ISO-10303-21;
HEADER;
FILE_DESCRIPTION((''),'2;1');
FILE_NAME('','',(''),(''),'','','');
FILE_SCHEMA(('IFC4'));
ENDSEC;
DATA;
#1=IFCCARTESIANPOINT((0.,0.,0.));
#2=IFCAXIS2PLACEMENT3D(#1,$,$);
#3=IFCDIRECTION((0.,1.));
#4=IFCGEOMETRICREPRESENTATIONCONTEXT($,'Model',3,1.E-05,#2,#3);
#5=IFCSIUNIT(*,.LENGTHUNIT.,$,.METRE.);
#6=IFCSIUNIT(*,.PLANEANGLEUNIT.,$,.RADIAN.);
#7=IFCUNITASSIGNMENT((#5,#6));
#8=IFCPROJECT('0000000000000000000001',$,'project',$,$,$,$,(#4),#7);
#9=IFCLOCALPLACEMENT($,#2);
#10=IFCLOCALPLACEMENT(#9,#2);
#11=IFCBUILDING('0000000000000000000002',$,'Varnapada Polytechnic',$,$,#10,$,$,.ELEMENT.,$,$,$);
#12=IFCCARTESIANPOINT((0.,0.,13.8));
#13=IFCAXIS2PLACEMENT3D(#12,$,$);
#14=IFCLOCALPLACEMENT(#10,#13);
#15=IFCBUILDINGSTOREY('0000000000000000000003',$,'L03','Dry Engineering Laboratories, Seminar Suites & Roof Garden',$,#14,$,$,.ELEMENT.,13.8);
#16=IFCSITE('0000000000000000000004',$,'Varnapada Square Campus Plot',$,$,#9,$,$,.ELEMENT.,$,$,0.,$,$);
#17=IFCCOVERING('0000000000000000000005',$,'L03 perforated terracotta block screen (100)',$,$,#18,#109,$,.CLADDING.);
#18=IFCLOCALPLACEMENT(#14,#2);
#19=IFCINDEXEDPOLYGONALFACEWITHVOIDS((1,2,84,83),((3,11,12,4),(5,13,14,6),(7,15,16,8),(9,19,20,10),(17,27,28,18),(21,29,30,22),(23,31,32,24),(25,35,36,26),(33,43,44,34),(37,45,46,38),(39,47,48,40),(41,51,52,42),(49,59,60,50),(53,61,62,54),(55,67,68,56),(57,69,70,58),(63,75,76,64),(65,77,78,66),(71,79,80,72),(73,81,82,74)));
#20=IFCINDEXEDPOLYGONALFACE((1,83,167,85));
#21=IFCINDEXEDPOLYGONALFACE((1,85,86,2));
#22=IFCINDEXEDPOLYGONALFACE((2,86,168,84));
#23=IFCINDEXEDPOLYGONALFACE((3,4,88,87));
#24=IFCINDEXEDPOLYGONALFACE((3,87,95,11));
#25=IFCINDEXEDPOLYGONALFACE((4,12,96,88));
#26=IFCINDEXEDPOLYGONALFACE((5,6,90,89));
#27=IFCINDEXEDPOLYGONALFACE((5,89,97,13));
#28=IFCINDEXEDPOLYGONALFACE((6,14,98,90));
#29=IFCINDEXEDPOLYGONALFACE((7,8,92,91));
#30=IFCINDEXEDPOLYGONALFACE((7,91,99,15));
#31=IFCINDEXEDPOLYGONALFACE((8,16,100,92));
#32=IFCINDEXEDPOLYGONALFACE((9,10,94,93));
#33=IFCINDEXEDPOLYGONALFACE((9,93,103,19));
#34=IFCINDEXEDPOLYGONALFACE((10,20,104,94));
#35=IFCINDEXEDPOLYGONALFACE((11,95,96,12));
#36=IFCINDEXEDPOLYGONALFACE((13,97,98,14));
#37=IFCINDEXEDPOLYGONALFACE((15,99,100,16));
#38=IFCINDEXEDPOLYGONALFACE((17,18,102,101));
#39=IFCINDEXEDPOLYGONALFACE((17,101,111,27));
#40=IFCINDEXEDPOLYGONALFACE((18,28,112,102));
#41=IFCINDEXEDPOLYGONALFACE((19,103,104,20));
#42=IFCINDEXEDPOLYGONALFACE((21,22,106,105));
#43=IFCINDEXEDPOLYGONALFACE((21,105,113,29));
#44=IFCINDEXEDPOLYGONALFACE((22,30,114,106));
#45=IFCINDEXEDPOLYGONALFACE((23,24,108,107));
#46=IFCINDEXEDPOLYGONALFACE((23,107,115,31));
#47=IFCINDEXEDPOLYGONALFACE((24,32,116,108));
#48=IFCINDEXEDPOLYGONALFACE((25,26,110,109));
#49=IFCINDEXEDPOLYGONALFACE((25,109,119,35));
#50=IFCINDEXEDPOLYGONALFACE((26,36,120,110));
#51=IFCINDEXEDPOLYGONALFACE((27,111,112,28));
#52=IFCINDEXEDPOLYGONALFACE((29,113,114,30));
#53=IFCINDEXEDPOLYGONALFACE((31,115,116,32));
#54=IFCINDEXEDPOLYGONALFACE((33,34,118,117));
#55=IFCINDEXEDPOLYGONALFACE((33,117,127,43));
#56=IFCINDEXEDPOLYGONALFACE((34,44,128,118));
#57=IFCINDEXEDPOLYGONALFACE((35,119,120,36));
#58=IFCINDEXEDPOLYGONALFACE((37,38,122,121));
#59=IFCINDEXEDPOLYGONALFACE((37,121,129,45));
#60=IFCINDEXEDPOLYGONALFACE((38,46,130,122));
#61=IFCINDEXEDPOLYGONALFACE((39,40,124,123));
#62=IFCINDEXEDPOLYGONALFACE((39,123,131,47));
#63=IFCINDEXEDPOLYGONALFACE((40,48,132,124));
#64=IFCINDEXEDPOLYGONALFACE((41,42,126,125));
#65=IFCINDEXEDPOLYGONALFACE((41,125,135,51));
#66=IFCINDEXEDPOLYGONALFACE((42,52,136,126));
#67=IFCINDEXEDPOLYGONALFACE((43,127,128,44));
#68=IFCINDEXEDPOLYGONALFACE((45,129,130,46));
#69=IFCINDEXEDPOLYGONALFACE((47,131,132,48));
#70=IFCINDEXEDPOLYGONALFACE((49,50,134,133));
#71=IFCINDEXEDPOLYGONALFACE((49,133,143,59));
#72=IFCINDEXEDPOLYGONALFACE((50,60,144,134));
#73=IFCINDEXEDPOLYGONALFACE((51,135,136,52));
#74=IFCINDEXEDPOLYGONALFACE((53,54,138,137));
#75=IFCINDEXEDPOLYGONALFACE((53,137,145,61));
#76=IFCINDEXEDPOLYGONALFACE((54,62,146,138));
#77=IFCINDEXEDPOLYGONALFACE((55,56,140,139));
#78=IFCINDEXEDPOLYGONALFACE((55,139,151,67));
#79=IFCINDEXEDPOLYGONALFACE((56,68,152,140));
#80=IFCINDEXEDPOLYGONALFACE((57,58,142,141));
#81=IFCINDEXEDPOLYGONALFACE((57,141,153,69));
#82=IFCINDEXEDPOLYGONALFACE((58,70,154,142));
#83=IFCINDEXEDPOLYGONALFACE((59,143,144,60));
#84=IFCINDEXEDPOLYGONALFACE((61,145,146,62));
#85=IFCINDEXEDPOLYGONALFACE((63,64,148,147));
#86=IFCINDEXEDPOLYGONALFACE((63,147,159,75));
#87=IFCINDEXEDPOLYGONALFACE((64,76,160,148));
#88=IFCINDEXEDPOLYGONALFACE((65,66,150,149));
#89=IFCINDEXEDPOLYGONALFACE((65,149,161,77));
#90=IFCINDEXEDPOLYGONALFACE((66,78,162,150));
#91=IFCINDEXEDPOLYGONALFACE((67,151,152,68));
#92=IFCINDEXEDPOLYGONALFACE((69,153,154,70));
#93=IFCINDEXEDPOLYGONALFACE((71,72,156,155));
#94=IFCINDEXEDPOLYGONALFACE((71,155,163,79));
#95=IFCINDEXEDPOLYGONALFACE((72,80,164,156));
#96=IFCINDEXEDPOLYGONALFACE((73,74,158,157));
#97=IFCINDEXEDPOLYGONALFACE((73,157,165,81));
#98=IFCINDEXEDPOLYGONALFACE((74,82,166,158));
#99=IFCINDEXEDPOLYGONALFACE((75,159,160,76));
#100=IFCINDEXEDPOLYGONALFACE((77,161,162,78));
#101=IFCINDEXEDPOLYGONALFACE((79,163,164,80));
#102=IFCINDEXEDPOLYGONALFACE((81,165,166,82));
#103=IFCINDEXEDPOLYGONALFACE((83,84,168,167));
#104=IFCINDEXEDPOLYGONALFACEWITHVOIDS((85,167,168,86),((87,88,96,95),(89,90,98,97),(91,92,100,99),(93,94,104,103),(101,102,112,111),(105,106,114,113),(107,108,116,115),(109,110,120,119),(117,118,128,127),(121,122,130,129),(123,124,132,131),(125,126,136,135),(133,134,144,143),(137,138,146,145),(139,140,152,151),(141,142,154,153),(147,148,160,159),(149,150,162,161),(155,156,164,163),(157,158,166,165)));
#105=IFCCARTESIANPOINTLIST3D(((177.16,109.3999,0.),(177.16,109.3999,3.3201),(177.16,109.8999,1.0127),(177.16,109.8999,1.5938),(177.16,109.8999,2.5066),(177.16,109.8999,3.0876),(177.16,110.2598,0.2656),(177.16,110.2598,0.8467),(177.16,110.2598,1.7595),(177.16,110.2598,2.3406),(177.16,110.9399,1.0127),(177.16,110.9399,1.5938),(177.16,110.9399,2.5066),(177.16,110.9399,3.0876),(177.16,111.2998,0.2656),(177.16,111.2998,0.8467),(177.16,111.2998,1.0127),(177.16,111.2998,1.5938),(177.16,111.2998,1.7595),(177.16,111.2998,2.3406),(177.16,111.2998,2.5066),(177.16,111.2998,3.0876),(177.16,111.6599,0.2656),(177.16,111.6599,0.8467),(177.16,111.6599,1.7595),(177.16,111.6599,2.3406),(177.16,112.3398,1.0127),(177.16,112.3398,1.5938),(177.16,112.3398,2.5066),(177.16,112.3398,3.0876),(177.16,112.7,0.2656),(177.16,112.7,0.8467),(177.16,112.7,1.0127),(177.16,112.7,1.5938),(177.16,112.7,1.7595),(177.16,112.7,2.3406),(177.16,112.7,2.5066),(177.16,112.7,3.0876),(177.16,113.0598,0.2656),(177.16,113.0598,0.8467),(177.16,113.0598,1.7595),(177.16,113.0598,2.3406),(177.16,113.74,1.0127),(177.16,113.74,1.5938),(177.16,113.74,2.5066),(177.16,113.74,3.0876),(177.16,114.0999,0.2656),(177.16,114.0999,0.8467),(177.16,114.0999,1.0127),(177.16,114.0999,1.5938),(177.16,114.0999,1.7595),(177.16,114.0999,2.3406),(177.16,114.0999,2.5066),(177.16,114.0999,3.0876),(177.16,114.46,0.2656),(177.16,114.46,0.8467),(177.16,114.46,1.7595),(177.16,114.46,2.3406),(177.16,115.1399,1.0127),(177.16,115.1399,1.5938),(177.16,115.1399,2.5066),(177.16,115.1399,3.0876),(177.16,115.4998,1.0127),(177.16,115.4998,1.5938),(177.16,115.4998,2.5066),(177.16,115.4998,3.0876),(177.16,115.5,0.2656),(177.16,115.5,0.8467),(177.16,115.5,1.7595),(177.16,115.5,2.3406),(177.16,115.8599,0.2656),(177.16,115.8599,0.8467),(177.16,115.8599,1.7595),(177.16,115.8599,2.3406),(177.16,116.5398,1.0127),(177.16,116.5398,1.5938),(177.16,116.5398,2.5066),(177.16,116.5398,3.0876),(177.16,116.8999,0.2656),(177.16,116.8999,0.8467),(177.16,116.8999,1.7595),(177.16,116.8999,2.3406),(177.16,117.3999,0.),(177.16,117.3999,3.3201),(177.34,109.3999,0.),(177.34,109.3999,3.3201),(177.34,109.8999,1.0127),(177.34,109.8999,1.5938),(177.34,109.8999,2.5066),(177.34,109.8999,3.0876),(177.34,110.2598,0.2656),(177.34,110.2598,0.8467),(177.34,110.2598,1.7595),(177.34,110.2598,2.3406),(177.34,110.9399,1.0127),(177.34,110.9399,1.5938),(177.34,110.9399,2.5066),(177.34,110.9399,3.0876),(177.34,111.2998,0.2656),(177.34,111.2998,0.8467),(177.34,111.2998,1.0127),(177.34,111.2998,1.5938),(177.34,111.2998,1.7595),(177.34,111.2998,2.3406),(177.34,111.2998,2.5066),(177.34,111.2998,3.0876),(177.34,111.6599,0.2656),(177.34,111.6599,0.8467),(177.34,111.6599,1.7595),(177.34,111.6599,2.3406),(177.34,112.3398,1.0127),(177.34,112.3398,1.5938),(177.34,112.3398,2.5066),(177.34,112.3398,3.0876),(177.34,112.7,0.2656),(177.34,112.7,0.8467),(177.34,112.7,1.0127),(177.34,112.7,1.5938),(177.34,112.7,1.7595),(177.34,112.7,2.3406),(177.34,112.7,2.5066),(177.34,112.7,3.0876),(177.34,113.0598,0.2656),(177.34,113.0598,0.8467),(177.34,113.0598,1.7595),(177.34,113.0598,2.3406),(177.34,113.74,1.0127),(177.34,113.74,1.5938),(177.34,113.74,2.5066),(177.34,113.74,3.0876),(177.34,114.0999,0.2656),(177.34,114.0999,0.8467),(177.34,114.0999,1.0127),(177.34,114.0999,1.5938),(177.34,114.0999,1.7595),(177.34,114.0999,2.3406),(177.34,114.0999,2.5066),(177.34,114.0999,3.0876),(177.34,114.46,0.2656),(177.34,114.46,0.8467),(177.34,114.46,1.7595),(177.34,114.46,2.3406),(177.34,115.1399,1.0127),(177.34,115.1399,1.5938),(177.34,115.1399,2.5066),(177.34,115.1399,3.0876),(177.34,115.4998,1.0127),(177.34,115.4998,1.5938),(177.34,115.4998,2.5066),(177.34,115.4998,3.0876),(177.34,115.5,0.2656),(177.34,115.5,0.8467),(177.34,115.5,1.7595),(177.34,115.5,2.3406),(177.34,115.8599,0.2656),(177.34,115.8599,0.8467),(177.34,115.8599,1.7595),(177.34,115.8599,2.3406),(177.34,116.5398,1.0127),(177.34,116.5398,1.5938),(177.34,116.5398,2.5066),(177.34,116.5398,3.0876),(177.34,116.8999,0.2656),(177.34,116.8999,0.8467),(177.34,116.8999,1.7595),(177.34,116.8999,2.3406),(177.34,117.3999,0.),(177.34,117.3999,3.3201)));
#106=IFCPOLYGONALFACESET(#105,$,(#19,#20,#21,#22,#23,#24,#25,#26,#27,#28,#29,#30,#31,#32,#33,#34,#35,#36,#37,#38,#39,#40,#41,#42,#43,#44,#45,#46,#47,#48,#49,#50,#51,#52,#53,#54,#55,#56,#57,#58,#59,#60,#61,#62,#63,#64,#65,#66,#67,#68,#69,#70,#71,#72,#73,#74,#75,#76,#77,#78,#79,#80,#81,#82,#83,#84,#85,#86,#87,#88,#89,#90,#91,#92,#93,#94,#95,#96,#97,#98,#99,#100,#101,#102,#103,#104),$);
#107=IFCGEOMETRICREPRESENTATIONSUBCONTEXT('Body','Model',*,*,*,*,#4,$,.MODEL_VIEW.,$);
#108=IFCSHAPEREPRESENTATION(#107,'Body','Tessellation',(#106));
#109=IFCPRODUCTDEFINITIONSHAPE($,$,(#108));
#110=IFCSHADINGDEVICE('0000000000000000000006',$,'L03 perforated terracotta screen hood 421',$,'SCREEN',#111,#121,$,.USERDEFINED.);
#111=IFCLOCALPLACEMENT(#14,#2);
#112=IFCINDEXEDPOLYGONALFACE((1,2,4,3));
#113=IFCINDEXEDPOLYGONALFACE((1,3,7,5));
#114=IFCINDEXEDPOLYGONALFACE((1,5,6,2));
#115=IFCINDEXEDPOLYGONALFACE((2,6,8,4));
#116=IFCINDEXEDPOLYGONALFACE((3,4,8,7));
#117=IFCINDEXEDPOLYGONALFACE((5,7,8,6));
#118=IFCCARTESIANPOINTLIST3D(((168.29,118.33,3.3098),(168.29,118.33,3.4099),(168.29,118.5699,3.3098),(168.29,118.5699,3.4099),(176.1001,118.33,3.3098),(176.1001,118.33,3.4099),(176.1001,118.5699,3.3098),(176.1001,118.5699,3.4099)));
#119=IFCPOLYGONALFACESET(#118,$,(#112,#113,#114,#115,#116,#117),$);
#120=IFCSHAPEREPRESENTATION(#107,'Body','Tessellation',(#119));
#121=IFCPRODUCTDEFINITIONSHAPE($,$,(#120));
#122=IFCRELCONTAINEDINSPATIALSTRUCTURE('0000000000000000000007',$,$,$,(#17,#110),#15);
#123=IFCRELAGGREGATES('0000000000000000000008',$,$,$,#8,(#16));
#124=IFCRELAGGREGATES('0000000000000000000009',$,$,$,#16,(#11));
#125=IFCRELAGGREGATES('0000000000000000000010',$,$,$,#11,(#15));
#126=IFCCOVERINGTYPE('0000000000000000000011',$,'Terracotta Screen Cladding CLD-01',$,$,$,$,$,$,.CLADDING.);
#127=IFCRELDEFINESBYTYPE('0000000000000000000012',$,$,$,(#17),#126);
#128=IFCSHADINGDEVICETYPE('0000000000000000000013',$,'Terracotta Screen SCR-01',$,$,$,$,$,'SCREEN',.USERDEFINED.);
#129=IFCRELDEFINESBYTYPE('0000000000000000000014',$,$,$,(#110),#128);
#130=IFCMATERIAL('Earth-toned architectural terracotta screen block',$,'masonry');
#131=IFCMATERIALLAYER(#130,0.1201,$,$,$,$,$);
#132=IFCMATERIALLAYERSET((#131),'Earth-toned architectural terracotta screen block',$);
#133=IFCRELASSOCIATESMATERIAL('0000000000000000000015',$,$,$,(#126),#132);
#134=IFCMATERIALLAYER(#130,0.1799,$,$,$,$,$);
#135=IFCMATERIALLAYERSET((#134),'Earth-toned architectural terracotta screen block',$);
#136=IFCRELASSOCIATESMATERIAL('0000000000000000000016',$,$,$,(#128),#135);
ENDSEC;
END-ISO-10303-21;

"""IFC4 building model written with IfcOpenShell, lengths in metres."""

from ifc_helpers import new_model, si_unit, direction, frame, frame_2d, origin, origin_2d, place, context, subcontext, project, spatial, rectangle, extrude, material, layer, layer_set, type_object, element, save


model = new_model("IFC4")

# Units and contexts
model_context = context("Model", 3, precision=1e-05, world=origin(), true_north=direction((0.0, 1.0)))
body_context = subcontext(model_context, "Body", "Model", "MODEL_VIEW")
ifc_project = project(units=[si_unit("LENGTHUNIT", "METRE"), si_unit("PLANEANGLEUNIT", "RADIAN")], contexts=[model_context])

# Site, building, storey
site_placement = place(None, origin())
site = spatial("IfcSite", under=ifc_project, at=site_placement, Name="Varnapada Square Campus Plot", CompositionType="ELEMENT", RefElevation=0.0)
building_placement = place(site_placement, origin())
building = spatial("IfcBuilding", under=site, at=building_placement, Name="Varnapada Polytechnic", CompositionType="ELEMENT")
storey_placement = place(building_placement, frame((0.0, 0.0, 13.8)))
storey = spatial("IfcBuildingStorey", under=building, at=storey_placement, Name="L03", Description="Dry Engineering Laboratories, Seminar Suites & Roof Garden", CompositionType="ELEMENT", Elevation=13.8)

# Covering, openings
ifc_material_1 = material(Name="Earth-toned architectural terracotta screen block", Category="masonry")
ifc_layer_1 = layer(ifc_material_1, 0.1201)
ifc_layer_set_1 = layer_set([ifc_layer_1], Name="Earth-toned architectural terracotta screen block")
covering_type = type_object("IfcCoveringType", Name="Terracotta Screen Cladding CLD-01", PredefinedType="CLADDING", material=ifc_layer_set_1)
covering_placement = place(storey_placement, frame((177.25, 117.3999, 0.0), z_axis=(0.0, 0.0, 1.0), x_axis=(0.0, -1.0, 0.0)))
covering = element("IfcCovering", 1, at=covering_placement, inside=storey, type_object=covering_type, Name="L03 perforated terracotta block screen (100)", PredefinedType="CLADDING", context=body_context, shape_type="SweptSolid", body=[
    extrude(rectangle(XDim=8.0, YDim=0.1799, at=frame_2d((4.0, 0.0))), origin(), (0.0, 0.0, 1.0), 3.3201),
])
opening_1_placement = place(covering_placement, frame((0.5, 0.0, 0.2656)))
element("IfcOpeningElement", 2, at=opening_1_placement, cuts=covering, PredefinedType="OPENING", context=body_context, shape_type="SweptSolid", body=[
    extrude(rectangle(XDim=1.04, YDim=0.5811, at=frame_2d((0.52, 0.2905))), frame((0.0, 0.0999, 0.0), z_axis=(0.0, -1.0, 0.0), x_axis=(1.0, 0.0, 0.0)), (0.0, 0.0, 1.0), 0.2),
])
opening_2_placement = place(covering_placement, frame((1.8999, 0.0, 0.2656)))
element("IfcOpeningElement", 3, at=opening_2_placement, cuts=covering, PredefinedType="OPENING", context=body_context, shape_type="SweptSolid", body=[
    extrude(rectangle(XDim=1.04, YDim=0.5811, at=frame_2d((0.52, 0.2905))), frame((0.0, 0.0999, 0.0), z_axis=(0.0, -1.0, 0.0), x_axis=(1.0, 0.0, 0.0)), (0.0, 0.0, 1.0), 0.2),
])
opening_3_placement = place(covering_placement, frame((3.3, 0.0, 0.2656)))
element("IfcOpeningElement", 4, at=opening_3_placement, cuts=covering, PredefinedType="OPENING", context=body_context, shape_type="SweptSolid", body=[
    extrude(rectangle(XDim=1.04, YDim=0.5811, at=frame_2d((0.52, 0.2905))), frame((0.0, 0.0999, 0.0), z_axis=(0.0, -1.0, 0.0), x_axis=(1.0, 0.0, 0.0)), (0.0, 0.0, 1.0), 0.2),
])
opening_4_placement = place(covering_placement, frame((4.7, 0.0, 0.2656)))
element("IfcOpeningElement", 5, at=opening_4_placement, cuts=covering, PredefinedType="OPENING", context=body_context, shape_type="SweptSolid", body=[
    extrude(rectangle(XDim=1.04, YDim=0.5811, at=frame_2d((0.52, 0.2905))), frame((0.0, 0.0999, 0.0), z_axis=(0.0, -1.0, 0.0), x_axis=(1.0, 0.0, 0.0)), (0.0, 0.0, 1.0), 0.2),
])
opening_5_placement = place(covering_placement, frame((6.1001, 0.0, 0.2656)))
element("IfcOpeningElement", 6, at=opening_5_placement, cuts=covering, PredefinedType="OPENING", context=body_context, shape_type="SweptSolid", body=[
    extrude(rectangle(XDim=1.04, YDim=0.5811, at=frame_2d((0.52, 0.2905))), frame((0.0, 0.0999, 0.0), z_axis=(0.0, -1.0, 0.0), x_axis=(1.0, 0.0, 0.0)), (0.0, 0.0, 1.0), 0.2),
])
opening_6_placement = place(covering_placement, frame((0.8601, 0.0, 1.0127)))
element("IfcOpeningElement", 7, at=opening_6_placement, cuts=covering, PredefinedType="OPENING", context=body_context, shape_type="SweptSolid", body=[
    extrude(rectangle(XDim=1.04, YDim=0.5811, at=frame_2d((0.52, 0.2905))), frame((0.0, 0.0999, 0.0), z_axis=(0.0, -1.0, 0.0), x_axis=(1.0, 0.0, 0.0)), (0.0, 0.0, 1.0), 0.2),
])
opening_7_placement = place(covering_placement, frame((2.26, 0.0, 1.0127)))
element("IfcOpeningElement", 8, at=opening_7_placement, cuts=covering, PredefinedType="OPENING", context=body_context, shape_type="SweptSolid", body=[
    extrude(rectangle(XDim=1.04, YDim=0.5811, at=frame_2d((0.52, 0.2905))), frame((0.0, 0.0999, 0.0), z_axis=(0.0, -1.0, 0.0), x_axis=(1.0, 0.0, 0.0)), (0.0, 0.0, 1.0), 0.2),
])
opening_8_placement = place(covering_placement, frame((3.6599, 0.0, 1.0127)))
element("IfcOpeningElement", 9, at=opening_8_placement, cuts=covering, PredefinedType="OPENING", context=body_context, shape_type="SweptSolid", body=[
    extrude(rectangle(XDim=1.04, YDim=0.5811, at=frame_2d((0.52, 0.2905))), frame((0.0, 0.0999, 0.0), z_axis=(0.0, -1.0, 0.0), x_axis=(1.0, 0.0, 0.0)), (0.0, 0.0, 1.0), 0.2),
])
opening_9_placement = place(covering_placement, frame((5.0601, 0.0, 1.0127)))
element("IfcOpeningElement", 10, at=opening_9_placement, cuts=covering, PredefinedType="OPENING", context=body_context, shape_type="SweptSolid", body=[
    extrude(rectangle(XDim=1.04, YDim=0.5811, at=frame_2d((0.52, 0.2905))), frame((0.0, 0.0999, 0.0), z_axis=(0.0, -1.0, 0.0), x_axis=(1.0, 0.0, 0.0)), (0.0, 0.0, 1.0), 0.2),
])
opening_10_placement = place(covering_placement, frame((6.46, 0.0, 1.0127)))
element("IfcOpeningElement", 11, at=opening_10_placement, cuts=covering, PredefinedType="OPENING", context=body_context, shape_type="SweptSolid", body=[
    extrude(rectangle(XDim=1.04, YDim=0.5811, at=frame_2d((0.52, 0.2905))), frame((0.0, 0.0999, 0.0), z_axis=(0.0, -1.0, 0.0), x_axis=(1.0, 0.0, 0.0)), (0.0, 0.0, 1.0), 0.2),
])
opening_11_placement = place(covering_placement, frame((0.5, 0.0, 1.7595)))
element("IfcOpeningElement", 12, at=opening_11_placement, cuts=covering, PredefinedType="OPENING", context=body_context, shape_type="SweptSolid", body=[
    extrude(rectangle(XDim=1.04, YDim=0.5811, at=frame_2d((0.52, 0.2905))), frame((0.0, 0.0999, 0.0), z_axis=(0.0, -1.0, 0.0), x_axis=(1.0, 0.0, 0.0)), (0.0, 0.0, 1.0), 0.2),
])
opening_12_placement = place(covering_placement, frame((1.8999, 0.0, 1.7595)))
element("IfcOpeningElement", 13, at=opening_12_placement, cuts=covering, PredefinedType="OPENING", context=body_context, shape_type="SweptSolid", body=[
    extrude(rectangle(XDim=1.04, YDim=0.5811, at=frame_2d((0.52, 0.2905))), frame((0.0, 0.0999, 0.0), z_axis=(0.0, -1.0, 0.0), x_axis=(1.0, 0.0, 0.0)), (0.0, 0.0, 1.0), 0.2),
])
opening_13_placement = place(covering_placement, frame((3.3, 0.0, 1.7595)))
element("IfcOpeningElement", 14, at=opening_13_placement, cuts=covering, PredefinedType="OPENING", context=body_context, shape_type="SweptSolid", body=[
    extrude(rectangle(XDim=1.04, YDim=0.5811, at=frame_2d((0.52, 0.2905))), frame((0.0, 0.0999, 0.0), z_axis=(0.0, -1.0, 0.0), x_axis=(1.0, 0.0, 0.0)), (0.0, 0.0, 1.0), 0.2),
])
opening_14_placement = place(covering_placement, frame((4.7, 0.0, 1.7595)))
element("IfcOpeningElement", 15, at=opening_14_placement, cuts=covering, PredefinedType="OPENING", context=body_context, shape_type="SweptSolid", body=[
    extrude(rectangle(XDim=1.04, YDim=0.5811, at=frame_2d((0.52, 0.2905))), frame((0.0, 0.0999, 0.0), z_axis=(0.0, -1.0, 0.0), x_axis=(1.0, 0.0, 0.0)), (0.0, 0.0, 1.0), 0.2),
])
opening_15_placement = place(covering_placement, frame((6.1001, 0.0, 1.7595)))
element("IfcOpeningElement", 16, at=opening_15_placement, cuts=covering, PredefinedType="OPENING", context=body_context, shape_type="SweptSolid", body=[
    extrude(rectangle(XDim=1.04, YDim=0.5811, at=frame_2d((0.52, 0.2905))), frame((0.0, 0.0999, 0.0), z_axis=(0.0, -1.0, 0.0), x_axis=(1.0, 0.0, 0.0)), (0.0, 0.0, 1.0), 0.2),
])
opening_16_placement = place(covering_placement, frame((0.8601, 0.0, 2.5066)))
element("IfcOpeningElement", 17, at=opening_16_placement, cuts=covering, PredefinedType="OPENING", context=body_context, shape_type="SweptSolid", body=[
    extrude(rectangle(XDim=1.04, YDim=0.5811, at=frame_2d((0.52, 0.2905))), frame((0.0, 0.0999, 0.0), z_axis=(0.0, -1.0, 0.0), x_axis=(1.0, 0.0, 0.0)), (0.0, 0.0, 1.0), 0.2),
])
opening_17_placement = place(covering_placement, frame((2.26, 0.0, 2.5066)))
element("IfcOpeningElement", 18, at=opening_17_placement, cuts=covering, PredefinedType="OPENING", context=body_context, shape_type="SweptSolid", body=[
    extrude(rectangle(XDim=1.04, YDim=0.5811, at=frame_2d((0.52, 0.2905))), frame((0.0, 0.0999, 0.0), z_axis=(0.0, -1.0, 0.0), x_axis=(1.0, 0.0, 0.0)), (0.0, 0.0, 1.0), 0.2),
])
opening_18_placement = place(covering_placement, frame((3.6599, 0.0, 2.5066)))
element("IfcOpeningElement", 19, at=opening_18_placement, cuts=covering, PredefinedType="OPENING", context=body_context, shape_type="SweptSolid", body=[
    extrude(rectangle(XDim=1.04, YDim=0.5811, at=frame_2d((0.52, 0.2905))), frame((0.0, 0.0999, 0.0), z_axis=(0.0, -1.0, 0.0), x_axis=(1.0, 0.0, 0.0)), (0.0, 0.0, 1.0), 0.2),
])
opening_19_placement = place(covering_placement, frame((5.0601, 0.0, 2.5066)))
element("IfcOpeningElement", 20, at=opening_19_placement, cuts=covering, PredefinedType="OPENING", context=body_context, shape_type="SweptSolid", body=[
    extrude(rectangle(XDim=1.04, YDim=0.5811, at=frame_2d((0.52, 0.2905))), frame((0.0, 0.0999, 0.0), z_axis=(0.0, -1.0, 0.0), x_axis=(1.0, 0.0, 0.0)), (0.0, 0.0, 1.0), 0.2),
])
opening_20_placement = place(covering_placement, frame((6.46, 0.0, 2.5066)))
element("IfcOpeningElement", 21, at=opening_20_placement, cuts=covering, PredefinedType="OPENING", context=body_context, shape_type="SweptSolid", body=[
    extrude(rectangle(XDim=1.04, YDim=0.5811, at=frame_2d((0.52, 0.2905))), frame((0.0, 0.0999, 0.0), z_axis=(0.0, -1.0, 0.0), x_axis=(1.0, 0.0, 0.0)), (0.0, 0.0, 1.0), 0.2),
])

# Shading device
ifc_layer_2 = layer(ifc_material_1, 0.1799)
ifc_layer_set_2 = layer_set([ifc_layer_2], Name="Earth-toned architectural terracotta screen block")
shading_device_type = type_object("IfcShadingDeviceType", Name="Terracotta Screen SCR-01", ElementType="SCREEN", PredefinedType="USERDEFINED", material=ifc_layer_set_2)
shading_device_1_placement = place(storey_placement, frame((172.1951, 118.45, 3.3098), z_axis=(0.0, 0.0, 1.0), x_axis=(1.0, 0.0, 0.0)))
element("IfcShadingDevice", 22, at=shading_device_1_placement, inside=storey, type_object=shading_device_type, Name="L03 perforated terracotta screen hood 421", ObjectType="SCREEN", PredefinedType="USERDEFINED", context=body_context, shape_type="SweptSolid", body=[
    extrude(rectangle(XDim=7.8101, YDim=0.24, at=origin_2d()), origin(), (0.0, 0.0, 1.0), 0.1001),
])

save(model, "model.ifc")
